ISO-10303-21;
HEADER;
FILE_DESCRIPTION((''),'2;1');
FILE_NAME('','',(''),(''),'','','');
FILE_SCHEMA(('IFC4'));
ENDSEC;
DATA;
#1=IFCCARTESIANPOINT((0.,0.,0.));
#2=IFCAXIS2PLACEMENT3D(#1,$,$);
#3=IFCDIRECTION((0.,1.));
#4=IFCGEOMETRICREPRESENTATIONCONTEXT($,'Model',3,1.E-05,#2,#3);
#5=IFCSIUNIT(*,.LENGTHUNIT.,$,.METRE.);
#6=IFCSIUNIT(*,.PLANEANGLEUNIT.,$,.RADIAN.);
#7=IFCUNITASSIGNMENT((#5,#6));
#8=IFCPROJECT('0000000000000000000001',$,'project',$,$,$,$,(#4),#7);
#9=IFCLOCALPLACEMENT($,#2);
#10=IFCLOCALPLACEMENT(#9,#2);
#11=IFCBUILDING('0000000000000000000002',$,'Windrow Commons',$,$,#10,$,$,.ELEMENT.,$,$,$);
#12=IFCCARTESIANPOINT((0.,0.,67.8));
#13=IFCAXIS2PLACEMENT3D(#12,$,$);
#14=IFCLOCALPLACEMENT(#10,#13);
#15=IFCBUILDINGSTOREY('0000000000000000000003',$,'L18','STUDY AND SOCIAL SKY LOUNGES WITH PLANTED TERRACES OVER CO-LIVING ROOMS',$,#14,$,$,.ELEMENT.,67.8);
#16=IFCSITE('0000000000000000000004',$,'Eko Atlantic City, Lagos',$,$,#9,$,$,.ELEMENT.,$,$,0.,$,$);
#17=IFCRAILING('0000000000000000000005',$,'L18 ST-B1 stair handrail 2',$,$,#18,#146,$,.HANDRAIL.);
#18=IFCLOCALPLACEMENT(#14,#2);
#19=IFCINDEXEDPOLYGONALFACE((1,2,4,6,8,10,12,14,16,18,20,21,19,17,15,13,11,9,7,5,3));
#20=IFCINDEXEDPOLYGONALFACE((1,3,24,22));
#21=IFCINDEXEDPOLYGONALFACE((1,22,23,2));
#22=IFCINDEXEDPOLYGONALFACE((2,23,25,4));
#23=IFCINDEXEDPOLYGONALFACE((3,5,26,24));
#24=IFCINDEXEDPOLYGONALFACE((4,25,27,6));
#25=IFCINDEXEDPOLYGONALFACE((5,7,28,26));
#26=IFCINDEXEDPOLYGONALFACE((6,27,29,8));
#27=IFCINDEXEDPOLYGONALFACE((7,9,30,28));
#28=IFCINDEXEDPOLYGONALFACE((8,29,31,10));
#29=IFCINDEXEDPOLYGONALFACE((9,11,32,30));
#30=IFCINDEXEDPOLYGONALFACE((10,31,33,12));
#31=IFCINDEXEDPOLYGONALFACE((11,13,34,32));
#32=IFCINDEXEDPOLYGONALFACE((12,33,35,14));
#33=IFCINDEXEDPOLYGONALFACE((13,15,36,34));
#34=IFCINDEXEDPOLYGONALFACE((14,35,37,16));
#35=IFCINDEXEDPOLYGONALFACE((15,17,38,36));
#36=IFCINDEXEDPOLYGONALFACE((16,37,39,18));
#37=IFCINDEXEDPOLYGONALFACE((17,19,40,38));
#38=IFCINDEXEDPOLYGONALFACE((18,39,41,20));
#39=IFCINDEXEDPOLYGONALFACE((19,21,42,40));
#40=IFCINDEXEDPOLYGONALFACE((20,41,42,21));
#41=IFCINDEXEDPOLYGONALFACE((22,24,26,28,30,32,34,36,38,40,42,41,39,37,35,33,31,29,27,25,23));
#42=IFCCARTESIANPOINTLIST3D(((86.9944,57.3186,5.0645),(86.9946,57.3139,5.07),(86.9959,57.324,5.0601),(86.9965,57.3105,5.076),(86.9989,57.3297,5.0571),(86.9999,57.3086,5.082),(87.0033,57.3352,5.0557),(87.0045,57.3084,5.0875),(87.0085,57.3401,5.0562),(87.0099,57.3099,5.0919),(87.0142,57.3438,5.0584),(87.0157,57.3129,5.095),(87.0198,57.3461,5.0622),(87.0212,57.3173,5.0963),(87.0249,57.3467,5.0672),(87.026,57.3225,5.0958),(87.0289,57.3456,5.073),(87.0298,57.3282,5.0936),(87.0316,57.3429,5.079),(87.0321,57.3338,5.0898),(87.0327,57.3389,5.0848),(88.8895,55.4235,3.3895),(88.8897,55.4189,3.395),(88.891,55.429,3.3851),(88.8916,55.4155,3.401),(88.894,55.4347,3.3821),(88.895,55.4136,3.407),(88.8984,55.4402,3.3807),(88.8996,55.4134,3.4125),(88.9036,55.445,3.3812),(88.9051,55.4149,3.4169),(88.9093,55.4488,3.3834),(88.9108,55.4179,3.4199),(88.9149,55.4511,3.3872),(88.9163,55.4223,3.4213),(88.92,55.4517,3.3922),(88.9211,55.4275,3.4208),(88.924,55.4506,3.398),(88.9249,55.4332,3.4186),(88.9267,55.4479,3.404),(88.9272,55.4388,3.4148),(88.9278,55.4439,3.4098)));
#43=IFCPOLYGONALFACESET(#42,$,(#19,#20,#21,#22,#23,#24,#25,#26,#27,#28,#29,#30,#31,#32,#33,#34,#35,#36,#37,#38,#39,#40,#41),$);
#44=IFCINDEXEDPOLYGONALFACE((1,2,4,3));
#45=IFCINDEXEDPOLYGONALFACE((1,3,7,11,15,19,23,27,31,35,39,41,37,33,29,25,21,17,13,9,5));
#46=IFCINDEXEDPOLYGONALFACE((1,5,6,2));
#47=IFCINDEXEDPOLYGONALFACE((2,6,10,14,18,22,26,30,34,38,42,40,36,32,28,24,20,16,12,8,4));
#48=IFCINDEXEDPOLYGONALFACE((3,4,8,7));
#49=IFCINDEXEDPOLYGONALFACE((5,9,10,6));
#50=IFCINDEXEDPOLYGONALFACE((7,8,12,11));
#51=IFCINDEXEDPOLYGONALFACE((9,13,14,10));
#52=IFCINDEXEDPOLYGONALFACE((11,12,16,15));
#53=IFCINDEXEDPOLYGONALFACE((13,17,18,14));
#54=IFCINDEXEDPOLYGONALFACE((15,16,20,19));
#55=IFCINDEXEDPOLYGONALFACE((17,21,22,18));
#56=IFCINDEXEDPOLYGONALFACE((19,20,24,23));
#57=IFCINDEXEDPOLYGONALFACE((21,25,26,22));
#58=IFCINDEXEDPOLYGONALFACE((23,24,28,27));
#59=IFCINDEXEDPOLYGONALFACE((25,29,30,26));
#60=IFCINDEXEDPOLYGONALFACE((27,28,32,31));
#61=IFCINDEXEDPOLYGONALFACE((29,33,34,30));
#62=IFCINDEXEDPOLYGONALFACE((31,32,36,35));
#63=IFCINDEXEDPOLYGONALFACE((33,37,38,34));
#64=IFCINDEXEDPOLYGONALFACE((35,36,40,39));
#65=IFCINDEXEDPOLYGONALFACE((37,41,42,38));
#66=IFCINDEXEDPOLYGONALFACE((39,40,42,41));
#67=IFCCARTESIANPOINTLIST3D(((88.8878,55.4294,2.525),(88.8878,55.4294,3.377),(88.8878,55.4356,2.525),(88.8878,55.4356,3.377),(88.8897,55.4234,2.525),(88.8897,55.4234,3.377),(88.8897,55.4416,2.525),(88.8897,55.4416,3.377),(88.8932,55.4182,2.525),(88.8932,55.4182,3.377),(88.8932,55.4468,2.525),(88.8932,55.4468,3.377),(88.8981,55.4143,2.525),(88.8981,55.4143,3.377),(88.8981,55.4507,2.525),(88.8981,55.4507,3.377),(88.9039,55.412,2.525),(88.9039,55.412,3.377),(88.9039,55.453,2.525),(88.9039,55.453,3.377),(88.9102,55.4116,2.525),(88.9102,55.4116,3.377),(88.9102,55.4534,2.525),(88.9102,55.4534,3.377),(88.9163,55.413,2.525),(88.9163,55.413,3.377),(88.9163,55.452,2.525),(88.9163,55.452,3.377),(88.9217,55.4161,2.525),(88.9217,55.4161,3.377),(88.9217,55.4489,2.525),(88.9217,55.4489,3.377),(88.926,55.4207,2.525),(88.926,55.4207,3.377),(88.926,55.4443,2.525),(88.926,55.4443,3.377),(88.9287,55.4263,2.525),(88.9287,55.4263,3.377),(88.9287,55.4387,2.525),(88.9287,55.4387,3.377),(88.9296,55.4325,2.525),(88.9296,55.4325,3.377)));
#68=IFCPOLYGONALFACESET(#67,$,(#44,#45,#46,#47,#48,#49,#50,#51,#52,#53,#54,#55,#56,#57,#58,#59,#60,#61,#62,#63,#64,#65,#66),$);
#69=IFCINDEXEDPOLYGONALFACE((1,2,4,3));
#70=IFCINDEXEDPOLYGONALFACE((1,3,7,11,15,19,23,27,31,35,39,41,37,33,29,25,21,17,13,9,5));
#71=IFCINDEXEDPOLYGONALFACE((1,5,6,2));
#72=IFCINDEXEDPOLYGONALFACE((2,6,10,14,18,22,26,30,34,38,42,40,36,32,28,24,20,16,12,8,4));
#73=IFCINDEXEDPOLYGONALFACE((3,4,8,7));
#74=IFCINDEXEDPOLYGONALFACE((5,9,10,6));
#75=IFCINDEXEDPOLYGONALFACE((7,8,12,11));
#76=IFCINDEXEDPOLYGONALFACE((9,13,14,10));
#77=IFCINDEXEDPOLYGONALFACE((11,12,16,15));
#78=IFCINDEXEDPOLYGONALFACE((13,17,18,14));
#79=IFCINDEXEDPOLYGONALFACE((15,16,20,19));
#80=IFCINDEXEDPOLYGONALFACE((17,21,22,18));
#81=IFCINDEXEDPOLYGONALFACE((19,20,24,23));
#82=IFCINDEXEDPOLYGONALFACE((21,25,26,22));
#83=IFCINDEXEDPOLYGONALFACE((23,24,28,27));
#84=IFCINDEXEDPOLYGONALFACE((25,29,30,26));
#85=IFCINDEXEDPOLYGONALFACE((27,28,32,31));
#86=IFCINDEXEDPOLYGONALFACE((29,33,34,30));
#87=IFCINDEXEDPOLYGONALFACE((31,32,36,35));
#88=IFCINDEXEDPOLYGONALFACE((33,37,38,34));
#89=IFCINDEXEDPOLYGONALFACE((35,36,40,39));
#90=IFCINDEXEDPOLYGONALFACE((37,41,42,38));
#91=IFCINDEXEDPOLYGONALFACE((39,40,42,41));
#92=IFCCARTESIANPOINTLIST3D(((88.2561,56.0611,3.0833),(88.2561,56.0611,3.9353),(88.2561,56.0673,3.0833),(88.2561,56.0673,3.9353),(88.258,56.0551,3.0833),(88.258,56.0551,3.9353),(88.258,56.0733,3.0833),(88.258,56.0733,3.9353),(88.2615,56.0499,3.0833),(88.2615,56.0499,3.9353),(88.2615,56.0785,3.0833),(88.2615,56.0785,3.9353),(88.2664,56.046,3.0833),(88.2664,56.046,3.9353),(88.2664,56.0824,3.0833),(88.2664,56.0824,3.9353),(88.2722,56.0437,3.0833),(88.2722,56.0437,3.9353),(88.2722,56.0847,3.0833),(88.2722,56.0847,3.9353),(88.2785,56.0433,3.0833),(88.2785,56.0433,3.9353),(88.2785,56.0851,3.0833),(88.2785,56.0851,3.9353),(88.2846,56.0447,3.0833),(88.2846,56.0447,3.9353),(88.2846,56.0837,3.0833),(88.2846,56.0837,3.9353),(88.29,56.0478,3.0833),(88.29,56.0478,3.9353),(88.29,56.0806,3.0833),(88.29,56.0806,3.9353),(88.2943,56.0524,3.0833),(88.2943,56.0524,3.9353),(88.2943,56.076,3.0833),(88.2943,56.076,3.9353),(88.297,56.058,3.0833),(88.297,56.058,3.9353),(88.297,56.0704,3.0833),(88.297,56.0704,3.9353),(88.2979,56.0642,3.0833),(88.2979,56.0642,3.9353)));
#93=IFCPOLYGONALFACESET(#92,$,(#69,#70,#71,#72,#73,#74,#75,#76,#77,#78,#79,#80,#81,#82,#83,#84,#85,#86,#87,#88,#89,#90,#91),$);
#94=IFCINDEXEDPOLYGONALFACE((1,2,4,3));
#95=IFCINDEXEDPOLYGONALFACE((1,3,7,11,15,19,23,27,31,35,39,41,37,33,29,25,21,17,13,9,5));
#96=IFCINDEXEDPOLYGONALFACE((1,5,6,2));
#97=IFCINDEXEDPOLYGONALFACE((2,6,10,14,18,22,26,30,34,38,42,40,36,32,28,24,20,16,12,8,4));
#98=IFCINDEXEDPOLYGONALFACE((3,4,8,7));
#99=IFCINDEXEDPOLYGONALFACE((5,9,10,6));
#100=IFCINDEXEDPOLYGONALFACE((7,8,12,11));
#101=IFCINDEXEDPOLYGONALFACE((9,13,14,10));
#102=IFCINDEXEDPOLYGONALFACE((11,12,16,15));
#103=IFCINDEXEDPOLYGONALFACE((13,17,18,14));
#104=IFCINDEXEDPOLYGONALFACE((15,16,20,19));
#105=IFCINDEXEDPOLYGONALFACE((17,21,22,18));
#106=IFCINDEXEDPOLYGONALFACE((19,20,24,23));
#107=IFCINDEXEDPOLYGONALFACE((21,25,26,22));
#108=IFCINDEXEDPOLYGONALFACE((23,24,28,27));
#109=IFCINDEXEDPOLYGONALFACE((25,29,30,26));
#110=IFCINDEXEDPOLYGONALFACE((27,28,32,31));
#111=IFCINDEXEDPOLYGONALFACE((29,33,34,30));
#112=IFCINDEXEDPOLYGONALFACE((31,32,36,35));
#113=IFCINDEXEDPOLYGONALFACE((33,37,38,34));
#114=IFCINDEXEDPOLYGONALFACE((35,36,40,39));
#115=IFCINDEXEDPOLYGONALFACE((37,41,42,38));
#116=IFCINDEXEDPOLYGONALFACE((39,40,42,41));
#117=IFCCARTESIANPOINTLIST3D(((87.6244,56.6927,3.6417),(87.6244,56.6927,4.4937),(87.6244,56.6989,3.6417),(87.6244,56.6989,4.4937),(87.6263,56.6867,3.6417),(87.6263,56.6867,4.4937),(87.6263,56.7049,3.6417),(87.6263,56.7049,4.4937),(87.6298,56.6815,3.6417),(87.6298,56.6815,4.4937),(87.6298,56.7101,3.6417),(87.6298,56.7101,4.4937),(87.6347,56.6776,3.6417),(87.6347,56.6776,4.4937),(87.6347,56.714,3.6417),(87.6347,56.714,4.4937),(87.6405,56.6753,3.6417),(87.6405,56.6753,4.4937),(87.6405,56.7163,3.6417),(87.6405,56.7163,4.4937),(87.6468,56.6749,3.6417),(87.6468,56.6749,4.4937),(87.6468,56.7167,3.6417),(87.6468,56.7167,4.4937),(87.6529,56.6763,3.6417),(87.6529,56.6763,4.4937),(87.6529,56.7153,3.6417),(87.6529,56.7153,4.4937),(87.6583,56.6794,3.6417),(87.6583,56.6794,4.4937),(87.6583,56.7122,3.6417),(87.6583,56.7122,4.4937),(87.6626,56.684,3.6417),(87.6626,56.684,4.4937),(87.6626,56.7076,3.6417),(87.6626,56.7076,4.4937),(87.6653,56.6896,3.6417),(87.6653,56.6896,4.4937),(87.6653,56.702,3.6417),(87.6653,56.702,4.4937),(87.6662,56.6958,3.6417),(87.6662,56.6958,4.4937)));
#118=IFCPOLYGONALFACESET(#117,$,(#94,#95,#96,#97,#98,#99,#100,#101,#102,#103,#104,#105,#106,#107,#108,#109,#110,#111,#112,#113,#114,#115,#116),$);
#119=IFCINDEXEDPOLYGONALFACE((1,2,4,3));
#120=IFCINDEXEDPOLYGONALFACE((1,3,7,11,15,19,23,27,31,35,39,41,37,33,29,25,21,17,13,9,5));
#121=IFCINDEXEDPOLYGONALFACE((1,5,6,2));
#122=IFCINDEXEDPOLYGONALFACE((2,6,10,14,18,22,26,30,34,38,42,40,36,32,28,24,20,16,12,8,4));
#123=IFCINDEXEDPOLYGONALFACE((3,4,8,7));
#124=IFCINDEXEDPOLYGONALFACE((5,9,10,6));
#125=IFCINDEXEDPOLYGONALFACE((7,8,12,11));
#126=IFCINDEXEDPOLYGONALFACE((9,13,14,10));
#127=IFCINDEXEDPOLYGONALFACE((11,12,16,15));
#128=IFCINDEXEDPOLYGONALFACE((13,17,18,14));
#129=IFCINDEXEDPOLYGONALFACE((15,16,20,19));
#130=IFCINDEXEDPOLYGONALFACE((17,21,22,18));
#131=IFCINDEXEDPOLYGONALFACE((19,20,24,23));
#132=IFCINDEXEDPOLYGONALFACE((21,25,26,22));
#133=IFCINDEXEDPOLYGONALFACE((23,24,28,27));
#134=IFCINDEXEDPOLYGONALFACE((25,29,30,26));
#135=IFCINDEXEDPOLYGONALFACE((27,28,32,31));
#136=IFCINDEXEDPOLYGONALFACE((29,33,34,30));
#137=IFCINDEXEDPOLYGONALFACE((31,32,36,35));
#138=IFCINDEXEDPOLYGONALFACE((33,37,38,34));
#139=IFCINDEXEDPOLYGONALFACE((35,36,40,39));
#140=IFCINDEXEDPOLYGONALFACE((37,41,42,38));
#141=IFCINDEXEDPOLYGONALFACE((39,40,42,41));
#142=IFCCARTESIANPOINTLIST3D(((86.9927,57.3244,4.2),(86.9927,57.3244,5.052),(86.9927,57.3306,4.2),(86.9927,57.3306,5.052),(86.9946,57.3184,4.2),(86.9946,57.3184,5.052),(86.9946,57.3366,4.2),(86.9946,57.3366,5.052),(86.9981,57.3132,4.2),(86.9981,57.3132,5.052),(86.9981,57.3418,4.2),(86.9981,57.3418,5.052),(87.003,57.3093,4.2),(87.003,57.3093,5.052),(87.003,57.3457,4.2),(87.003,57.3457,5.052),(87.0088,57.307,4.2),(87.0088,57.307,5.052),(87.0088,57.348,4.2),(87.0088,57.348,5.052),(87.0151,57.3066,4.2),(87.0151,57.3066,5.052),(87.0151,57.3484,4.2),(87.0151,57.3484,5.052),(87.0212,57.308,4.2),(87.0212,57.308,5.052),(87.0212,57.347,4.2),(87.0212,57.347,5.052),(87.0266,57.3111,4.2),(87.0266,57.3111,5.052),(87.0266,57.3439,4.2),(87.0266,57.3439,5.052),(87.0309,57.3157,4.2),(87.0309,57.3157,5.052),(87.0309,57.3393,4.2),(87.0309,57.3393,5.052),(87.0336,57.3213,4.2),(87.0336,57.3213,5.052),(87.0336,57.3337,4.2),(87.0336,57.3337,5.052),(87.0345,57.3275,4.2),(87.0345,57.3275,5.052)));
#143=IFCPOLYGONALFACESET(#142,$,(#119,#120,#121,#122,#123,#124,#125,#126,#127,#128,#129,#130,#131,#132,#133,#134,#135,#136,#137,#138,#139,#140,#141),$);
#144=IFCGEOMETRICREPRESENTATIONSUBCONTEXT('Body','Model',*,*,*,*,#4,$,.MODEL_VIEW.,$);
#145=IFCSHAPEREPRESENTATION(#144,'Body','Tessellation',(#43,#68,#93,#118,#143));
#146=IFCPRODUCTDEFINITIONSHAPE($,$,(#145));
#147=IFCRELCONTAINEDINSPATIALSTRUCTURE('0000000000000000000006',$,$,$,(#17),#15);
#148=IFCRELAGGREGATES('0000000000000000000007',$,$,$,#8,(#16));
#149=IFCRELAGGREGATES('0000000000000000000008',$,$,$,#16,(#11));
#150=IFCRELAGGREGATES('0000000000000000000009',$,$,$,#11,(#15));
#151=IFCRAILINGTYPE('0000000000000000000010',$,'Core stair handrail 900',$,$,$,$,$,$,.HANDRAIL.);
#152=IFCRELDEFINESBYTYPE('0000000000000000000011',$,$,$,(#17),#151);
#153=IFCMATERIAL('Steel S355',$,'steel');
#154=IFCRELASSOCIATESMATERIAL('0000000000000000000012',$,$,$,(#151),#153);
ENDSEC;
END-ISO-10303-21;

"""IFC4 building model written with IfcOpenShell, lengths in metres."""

from ifc_helpers import new_model, si_unit, direction, frame, origin, origin_2d, place, context, subcontext, project, spatial, circle, extrude, material, type_object, element, save


model = new_model("IFC4")

# Units and contexts
model_context = context("Model", 3, precision=1e-05, world=origin(), true_north=direction((0.0, 1.0)))
body_context = subcontext(model_context, "Body", "Model", "MODEL_VIEW")
ifc_project = project(units=[si_unit("LENGTHUNIT", "METRE"), si_unit("PLANEANGLEUNIT", "RADIAN")], contexts=[model_context])

# Site, building, storey
site_placement = place(None, origin())
site = spatial("IfcSite", under=ifc_project, at=site_placement, Name="Eko Atlantic City, Lagos", CompositionType="ELEMENT", RefElevation=0.0)
building_placement = place(site_placement, origin())
building = spatial("IfcBuilding", under=site, at=building_placement, Name="Windrow Commons", CompositionType="ELEMENT")
storey_placement = place(building_placement, frame((0.0, 0.0, 67.8)))
storey = spatial("IfcBuildingStorey", under=building, at=storey_placement, Name="L18", Description="STUDY AND SOCIAL SKY LOUNGES WITH PLANTED TERRACES OVER CO-LIVING ROOMS", CompositionType="ELEMENT", Elevation=67.8)

# Railing
ifc_material_1 = material(Name="Steel S355", Category="steel")
railing_type_1 = type_object("IfcRailingType", Name="Core stair handrail 900", PredefinedType="HANDRAIL", material=ifc_material_1)
railing_1_placement = place(storey_placement, frame((88.9086, 55.4325, 2.525)))
element("IfcRailing", 1, at=railing_1_placement, inside=storey, type_object=railing_type_1, Name="L18 ST-B1 stair handrail 2", PredefinedType="HANDRAIL", context=body_context, shape_type="SweptSolid", body=[
    extrude(circle(Radius=0.024, at=origin_2d()), frame((0.0, 0.0, 0.876), z_axis=(-0.599642, 0.59961, 0.529998), x_axis=(-0.707088, -0.707125, 0.0)), (0.0, 0.0, 1.0), 3.1604),
    extrude(circle(Radius=0.021, at=origin_2d()), origin(), (0.0, 0.0, 1.0), 0.852),
    extrude(circle(Radius=0.021, at=origin_2d()), frame((-0.6317, 0.6317, 0.5583)), (0.0, 0.0, 1.0), 0.852),
    extrude(circle(Radius=0.021, at=origin_2d()), frame((-1.2634, 1.2633, 1.1167)), (0.0, 0.0, 1.0), 0.852),
    extrude(circle(Radius=0.021, at=origin_2d()), frame((-1.8951, 1.895, 1.675)), (0.0, 0.0, 1.0), 0.852),
])

save(model, "model.ifc")
